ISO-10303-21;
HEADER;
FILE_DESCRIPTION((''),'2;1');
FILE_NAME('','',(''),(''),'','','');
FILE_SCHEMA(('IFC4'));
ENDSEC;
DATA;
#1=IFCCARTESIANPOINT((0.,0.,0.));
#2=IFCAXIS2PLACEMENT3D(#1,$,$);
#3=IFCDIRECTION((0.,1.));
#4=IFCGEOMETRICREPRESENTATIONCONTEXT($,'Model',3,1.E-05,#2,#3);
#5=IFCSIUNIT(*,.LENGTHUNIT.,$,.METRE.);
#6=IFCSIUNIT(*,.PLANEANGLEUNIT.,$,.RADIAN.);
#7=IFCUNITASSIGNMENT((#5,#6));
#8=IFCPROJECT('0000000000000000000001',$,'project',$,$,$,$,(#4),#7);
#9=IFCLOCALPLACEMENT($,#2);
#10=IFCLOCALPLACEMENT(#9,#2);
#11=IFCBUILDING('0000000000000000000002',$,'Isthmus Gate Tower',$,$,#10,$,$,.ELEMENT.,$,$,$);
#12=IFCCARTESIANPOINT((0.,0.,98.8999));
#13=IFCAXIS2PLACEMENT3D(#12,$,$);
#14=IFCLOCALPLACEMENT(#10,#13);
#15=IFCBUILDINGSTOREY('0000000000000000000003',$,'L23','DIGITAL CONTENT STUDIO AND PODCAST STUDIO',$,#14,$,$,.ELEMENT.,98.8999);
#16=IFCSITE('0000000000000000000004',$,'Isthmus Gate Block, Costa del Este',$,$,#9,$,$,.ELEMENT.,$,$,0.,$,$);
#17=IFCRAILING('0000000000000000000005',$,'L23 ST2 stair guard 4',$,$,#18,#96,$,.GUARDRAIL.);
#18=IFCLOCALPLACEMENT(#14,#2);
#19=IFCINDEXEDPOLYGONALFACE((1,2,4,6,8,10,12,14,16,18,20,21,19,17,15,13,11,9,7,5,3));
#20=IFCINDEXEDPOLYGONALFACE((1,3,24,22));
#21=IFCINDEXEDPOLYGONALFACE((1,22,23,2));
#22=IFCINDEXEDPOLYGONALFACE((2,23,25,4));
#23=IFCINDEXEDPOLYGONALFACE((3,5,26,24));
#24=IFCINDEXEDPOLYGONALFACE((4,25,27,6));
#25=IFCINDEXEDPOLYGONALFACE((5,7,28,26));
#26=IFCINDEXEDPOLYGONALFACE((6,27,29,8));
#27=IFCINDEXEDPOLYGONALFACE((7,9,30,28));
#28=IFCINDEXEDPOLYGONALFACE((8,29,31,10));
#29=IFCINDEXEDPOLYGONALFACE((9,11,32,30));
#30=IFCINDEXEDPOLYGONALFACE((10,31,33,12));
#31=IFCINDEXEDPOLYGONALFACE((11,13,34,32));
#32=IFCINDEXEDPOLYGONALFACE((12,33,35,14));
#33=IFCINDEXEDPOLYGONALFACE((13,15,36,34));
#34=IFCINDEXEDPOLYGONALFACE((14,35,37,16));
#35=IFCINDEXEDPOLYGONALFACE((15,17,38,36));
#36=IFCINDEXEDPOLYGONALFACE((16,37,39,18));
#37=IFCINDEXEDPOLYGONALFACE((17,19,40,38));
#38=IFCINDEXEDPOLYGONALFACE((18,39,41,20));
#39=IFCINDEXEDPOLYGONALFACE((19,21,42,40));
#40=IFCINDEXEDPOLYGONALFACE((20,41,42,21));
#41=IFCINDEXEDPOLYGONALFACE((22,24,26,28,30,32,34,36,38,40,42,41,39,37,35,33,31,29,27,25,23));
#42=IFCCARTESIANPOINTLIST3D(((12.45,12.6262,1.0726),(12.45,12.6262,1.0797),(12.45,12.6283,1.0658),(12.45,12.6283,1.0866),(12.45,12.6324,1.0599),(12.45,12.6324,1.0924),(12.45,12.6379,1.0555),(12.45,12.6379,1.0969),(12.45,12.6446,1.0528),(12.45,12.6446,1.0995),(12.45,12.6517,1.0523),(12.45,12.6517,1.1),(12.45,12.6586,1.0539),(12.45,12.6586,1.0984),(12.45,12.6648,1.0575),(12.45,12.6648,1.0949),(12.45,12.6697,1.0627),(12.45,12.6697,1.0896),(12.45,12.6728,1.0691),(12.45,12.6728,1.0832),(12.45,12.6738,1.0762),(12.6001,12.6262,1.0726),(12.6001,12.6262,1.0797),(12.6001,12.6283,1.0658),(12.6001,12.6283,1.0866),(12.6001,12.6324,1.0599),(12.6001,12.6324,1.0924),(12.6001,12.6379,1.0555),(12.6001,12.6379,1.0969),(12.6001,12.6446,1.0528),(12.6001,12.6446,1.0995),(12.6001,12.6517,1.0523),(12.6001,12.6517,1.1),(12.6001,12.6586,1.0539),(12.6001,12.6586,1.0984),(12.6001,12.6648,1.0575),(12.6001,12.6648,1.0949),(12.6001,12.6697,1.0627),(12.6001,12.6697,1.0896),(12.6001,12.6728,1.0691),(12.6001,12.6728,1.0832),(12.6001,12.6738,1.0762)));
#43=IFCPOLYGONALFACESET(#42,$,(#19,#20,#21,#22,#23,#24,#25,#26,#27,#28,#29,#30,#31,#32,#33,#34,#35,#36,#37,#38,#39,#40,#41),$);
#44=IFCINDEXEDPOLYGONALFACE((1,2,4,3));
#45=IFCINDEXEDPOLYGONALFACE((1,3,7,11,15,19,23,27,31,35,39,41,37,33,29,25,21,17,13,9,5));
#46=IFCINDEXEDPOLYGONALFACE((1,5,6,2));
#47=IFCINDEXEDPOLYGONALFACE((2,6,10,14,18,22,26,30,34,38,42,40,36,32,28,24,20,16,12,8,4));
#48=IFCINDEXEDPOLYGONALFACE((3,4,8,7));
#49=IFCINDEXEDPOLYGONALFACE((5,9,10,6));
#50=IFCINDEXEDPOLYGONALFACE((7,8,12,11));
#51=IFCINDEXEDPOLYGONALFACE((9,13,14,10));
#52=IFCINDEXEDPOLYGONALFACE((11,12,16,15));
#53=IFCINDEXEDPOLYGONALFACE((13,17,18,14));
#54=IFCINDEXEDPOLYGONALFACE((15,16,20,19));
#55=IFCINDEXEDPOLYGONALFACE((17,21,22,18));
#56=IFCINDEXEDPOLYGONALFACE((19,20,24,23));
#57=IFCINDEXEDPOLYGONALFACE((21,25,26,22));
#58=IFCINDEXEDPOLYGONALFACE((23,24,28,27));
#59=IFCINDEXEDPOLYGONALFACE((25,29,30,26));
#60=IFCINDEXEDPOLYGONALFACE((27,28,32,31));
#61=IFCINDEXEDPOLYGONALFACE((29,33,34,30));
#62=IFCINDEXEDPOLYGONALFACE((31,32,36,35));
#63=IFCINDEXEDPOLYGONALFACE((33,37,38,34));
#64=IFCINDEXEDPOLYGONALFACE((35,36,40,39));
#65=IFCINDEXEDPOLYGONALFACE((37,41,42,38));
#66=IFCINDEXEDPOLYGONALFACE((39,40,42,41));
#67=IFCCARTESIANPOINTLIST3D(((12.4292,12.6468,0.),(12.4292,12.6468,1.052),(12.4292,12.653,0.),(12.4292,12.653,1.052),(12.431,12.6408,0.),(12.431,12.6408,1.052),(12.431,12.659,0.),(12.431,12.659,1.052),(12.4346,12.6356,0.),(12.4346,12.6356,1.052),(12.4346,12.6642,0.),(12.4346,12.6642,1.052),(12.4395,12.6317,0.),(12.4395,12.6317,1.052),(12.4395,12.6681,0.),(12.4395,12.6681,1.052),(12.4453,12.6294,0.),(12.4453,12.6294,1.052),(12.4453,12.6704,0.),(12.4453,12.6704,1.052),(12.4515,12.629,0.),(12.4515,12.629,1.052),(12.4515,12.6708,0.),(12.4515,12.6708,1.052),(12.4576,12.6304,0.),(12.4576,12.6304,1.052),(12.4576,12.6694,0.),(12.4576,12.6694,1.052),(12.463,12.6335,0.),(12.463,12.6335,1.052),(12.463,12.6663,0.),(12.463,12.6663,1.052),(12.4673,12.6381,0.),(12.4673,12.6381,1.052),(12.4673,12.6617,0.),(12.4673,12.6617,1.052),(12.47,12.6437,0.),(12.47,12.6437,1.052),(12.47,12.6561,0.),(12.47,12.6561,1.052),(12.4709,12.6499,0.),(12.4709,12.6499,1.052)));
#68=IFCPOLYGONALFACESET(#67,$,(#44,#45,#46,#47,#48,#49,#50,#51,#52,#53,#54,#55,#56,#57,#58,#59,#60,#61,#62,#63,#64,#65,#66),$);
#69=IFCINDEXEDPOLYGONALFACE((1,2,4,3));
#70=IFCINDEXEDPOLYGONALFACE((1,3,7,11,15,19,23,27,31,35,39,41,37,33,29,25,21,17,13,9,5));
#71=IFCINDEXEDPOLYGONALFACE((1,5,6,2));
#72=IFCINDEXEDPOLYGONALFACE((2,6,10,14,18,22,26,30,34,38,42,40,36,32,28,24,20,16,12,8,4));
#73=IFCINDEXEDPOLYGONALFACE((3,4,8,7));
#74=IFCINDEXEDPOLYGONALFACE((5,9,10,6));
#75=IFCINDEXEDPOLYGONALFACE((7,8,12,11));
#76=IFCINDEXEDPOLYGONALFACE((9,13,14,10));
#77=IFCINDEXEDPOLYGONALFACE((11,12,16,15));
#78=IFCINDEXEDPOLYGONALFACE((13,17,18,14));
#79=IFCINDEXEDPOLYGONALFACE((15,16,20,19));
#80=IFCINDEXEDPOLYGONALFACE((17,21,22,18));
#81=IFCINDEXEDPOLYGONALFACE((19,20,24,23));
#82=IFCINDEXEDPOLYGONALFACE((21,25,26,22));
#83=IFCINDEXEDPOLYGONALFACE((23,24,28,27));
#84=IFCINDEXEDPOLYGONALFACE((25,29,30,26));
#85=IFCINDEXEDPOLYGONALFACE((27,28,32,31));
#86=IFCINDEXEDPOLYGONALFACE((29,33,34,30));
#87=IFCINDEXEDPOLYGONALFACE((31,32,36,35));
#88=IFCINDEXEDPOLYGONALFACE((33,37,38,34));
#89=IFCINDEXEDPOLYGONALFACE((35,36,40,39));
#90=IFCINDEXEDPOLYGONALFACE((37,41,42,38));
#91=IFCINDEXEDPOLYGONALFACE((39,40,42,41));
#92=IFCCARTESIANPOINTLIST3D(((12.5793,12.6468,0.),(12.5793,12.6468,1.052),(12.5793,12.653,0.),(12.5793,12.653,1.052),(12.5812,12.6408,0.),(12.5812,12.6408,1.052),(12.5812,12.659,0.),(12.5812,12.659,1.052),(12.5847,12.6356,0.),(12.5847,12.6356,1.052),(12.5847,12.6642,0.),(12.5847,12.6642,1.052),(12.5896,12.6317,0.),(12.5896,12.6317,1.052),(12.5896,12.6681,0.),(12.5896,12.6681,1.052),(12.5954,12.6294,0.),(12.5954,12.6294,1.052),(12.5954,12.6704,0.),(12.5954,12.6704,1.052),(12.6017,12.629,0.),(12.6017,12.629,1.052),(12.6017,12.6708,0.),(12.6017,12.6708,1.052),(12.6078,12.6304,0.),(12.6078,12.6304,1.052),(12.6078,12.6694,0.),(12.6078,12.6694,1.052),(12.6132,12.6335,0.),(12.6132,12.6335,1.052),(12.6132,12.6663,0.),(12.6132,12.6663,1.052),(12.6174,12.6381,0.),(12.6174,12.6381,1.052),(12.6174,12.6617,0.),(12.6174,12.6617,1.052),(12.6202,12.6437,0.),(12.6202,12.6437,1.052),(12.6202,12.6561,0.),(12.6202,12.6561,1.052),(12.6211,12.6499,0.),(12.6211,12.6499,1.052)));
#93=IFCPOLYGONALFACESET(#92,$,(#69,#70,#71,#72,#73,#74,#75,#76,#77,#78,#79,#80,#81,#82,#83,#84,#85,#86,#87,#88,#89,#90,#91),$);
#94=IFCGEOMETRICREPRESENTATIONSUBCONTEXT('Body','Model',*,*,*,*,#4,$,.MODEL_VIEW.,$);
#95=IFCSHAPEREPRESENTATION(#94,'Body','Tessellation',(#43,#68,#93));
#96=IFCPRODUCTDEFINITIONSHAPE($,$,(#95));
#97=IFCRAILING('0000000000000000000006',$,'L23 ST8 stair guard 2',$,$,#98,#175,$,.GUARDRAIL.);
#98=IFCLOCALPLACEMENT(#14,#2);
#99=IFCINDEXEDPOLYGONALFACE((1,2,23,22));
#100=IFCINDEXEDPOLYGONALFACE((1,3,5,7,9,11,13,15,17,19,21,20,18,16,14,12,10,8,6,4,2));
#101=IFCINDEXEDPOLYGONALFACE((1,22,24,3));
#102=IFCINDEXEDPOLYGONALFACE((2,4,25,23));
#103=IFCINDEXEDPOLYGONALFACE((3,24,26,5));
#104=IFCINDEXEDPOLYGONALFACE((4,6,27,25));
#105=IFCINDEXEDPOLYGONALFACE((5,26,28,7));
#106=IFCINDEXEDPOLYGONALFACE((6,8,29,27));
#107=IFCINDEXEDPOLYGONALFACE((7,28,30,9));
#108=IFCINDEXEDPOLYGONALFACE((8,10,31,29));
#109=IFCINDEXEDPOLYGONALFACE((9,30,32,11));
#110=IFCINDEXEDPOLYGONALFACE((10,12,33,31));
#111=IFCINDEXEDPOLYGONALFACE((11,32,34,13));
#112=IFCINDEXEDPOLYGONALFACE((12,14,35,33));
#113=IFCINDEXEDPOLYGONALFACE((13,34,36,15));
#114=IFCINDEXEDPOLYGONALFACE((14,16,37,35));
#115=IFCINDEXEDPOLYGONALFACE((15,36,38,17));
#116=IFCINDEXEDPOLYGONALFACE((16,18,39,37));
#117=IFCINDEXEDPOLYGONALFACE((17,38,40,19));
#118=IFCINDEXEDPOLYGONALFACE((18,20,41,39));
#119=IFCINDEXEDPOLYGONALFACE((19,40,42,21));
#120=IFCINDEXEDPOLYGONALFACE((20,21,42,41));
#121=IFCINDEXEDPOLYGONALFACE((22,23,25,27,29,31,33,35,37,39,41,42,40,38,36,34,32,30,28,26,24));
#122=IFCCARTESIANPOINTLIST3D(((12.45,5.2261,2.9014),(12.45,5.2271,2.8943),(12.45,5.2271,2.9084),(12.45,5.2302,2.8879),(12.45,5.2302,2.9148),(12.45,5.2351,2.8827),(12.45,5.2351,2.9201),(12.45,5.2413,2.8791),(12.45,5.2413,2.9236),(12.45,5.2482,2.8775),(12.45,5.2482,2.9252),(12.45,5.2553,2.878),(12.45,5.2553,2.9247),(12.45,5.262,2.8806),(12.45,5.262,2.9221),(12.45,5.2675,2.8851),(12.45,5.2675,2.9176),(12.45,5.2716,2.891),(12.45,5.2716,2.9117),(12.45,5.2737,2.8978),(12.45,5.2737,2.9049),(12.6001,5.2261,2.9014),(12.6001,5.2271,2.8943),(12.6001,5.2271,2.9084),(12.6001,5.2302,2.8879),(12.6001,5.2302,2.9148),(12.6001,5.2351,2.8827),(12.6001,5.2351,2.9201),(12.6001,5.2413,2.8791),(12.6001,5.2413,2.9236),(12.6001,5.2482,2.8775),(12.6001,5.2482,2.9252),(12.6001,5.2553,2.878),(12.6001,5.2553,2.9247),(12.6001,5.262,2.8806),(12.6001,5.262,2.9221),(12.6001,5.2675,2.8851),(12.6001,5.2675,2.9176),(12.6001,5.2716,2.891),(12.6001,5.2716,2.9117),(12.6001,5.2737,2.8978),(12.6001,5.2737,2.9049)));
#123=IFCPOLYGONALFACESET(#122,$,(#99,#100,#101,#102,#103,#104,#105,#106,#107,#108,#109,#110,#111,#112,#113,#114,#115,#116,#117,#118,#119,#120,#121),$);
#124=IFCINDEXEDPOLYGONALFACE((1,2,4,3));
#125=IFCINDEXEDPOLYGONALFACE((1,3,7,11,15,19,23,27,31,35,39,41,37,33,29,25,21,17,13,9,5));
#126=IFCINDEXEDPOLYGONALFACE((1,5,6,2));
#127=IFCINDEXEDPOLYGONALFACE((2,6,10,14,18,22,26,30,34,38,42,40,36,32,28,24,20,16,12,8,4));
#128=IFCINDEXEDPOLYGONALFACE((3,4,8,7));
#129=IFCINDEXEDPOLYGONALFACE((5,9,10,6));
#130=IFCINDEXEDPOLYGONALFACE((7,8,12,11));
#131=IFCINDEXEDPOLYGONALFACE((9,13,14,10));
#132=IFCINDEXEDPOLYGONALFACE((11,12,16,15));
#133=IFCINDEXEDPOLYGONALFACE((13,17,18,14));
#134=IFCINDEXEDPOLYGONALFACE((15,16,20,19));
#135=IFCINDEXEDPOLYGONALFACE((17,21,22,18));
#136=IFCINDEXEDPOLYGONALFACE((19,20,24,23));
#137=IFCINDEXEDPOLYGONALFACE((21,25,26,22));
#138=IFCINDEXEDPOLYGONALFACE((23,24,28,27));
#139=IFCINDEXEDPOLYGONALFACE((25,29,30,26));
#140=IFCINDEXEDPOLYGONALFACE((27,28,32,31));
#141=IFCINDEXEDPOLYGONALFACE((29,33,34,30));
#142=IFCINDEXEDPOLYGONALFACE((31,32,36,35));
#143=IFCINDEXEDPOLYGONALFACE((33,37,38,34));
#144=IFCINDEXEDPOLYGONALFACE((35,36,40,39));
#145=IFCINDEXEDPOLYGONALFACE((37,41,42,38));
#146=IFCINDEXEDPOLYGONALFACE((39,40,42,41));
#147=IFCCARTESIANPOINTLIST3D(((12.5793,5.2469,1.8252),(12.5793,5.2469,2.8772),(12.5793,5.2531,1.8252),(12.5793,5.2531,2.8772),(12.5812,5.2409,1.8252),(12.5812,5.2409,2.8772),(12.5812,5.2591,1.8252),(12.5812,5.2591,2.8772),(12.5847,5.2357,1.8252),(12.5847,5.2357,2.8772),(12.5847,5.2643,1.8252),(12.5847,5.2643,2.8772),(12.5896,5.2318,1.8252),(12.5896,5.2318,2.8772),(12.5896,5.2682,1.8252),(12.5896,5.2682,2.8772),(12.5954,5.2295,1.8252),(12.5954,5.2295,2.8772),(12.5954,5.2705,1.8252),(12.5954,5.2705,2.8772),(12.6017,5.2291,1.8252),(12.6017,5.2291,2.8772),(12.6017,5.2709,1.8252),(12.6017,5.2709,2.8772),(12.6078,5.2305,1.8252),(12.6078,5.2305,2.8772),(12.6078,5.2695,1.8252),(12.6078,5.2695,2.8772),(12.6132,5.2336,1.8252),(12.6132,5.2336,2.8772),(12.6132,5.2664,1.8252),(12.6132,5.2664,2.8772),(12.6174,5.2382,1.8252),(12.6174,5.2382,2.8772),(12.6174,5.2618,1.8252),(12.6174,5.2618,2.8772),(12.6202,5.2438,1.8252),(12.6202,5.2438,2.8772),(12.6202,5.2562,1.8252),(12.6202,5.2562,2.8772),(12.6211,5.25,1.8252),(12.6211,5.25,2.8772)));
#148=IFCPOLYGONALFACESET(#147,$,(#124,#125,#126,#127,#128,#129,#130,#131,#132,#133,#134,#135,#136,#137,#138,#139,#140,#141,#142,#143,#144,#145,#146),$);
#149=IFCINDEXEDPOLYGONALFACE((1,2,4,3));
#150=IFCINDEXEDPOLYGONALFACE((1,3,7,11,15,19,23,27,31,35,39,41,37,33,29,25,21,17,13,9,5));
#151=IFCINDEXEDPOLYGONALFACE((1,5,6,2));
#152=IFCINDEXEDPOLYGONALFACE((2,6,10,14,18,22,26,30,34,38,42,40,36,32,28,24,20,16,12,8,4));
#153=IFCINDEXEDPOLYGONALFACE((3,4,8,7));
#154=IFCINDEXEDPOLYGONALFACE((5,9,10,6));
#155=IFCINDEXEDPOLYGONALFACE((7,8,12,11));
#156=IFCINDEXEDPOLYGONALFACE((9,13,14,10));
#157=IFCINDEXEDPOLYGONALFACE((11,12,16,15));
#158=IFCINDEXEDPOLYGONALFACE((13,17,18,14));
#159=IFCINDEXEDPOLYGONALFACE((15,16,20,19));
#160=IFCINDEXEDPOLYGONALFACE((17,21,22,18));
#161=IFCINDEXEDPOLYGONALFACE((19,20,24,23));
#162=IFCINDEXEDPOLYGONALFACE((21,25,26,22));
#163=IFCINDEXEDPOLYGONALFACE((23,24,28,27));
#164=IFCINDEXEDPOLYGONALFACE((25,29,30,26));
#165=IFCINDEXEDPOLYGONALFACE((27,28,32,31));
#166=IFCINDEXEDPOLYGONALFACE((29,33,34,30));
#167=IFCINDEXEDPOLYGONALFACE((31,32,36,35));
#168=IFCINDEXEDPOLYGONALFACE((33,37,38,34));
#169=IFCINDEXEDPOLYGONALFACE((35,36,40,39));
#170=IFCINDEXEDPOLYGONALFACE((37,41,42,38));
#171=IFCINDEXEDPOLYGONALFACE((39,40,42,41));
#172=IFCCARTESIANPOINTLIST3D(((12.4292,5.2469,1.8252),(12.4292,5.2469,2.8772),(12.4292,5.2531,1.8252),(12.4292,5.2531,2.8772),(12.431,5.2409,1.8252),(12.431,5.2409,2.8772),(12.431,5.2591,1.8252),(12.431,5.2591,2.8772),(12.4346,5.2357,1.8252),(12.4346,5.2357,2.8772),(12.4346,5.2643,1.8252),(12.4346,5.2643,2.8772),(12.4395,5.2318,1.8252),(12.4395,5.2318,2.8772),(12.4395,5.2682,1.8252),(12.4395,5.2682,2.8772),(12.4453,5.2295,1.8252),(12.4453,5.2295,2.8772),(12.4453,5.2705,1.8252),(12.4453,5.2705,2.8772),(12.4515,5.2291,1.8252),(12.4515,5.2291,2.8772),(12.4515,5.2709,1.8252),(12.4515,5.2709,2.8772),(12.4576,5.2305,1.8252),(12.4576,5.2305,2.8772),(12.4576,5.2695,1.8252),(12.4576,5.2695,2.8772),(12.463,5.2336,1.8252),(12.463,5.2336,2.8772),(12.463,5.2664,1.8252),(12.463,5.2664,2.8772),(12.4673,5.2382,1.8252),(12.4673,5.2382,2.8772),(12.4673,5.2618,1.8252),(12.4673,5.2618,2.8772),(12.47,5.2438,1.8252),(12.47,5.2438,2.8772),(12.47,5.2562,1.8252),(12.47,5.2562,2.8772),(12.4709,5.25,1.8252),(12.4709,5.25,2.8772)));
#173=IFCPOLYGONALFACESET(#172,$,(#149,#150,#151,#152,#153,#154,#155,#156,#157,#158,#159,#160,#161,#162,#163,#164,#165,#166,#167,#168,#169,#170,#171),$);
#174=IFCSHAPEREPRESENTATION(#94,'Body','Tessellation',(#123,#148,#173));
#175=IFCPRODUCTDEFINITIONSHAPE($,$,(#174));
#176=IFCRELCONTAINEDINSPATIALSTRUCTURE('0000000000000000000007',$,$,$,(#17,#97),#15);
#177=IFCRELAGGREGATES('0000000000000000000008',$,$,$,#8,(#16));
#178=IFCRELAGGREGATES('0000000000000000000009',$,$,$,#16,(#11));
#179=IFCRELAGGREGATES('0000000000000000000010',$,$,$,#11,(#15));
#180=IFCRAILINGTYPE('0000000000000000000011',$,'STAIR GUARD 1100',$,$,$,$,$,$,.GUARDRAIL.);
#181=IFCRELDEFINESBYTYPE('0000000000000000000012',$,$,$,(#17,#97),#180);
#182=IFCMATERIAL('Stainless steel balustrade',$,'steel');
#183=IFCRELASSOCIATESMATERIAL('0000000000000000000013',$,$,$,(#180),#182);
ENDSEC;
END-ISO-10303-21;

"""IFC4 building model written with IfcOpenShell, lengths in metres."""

from ifc_helpers import new_model, si_unit, direction, frame, origin, origin_2d, place, context, subcontext, project, spatial, circle, extrude, material, type_object, element, save


model = new_model("IFC4")

# Units and contexts
model_context = context("Model", 3, precision=1e-05, world=origin(), true_north=direction((0.0, 1.0)))
body_context = subcontext(model_context, "Body", "Model", "MODEL_VIEW")
ifc_project = project(units=[si_unit("LENGTHUNIT", "METRE"), si_unit("PLANEANGLEUNIT", "RADIAN")], contexts=[model_context])

# Site, building, storey
site_placement = place(None, origin())
site = spatial("IfcSite", under=ifc_project, at=site_placement, Name="Isthmus Gate Block, Costa del Este", CompositionType="ELEMENT", RefElevation=0.0)
building_placement = place(site_placement, origin())
building = spatial("IfcBuilding", under=site, at=building_placement, Name="Isthmus Gate Tower", CompositionType="ELEMENT")
storey_placement = place(building_placement, frame((0.0, 0.0, 98.8999)))
storey = spatial("IfcBuildingStorey", under=building, at=storey_placement, Name="L23", Description="DIGITAL CONTENT STUDIO AND PODCAST STUDIO", CompositionType="ELEMENT", Elevation=98.8999)

# Railings
ifc_material_1 = material(Name="Stainless steel balustrade", Category="steel")
railing_type_1 = type_object("IfcRailingType", Name="STAIR GUARD 1100", PredefinedType="GUARDRAIL", material=ifc_material_1)
railing_1_placement = place(storey_placement, frame((12.45, 12.6499, 0.0)))
element("IfcRailing", 1, at=railing_1_placement, inside=storey, type_object=railing_type_1, Name="L23 ST2 stair guard 4", PredefinedType="GUARDRAIL", context=body_context, shape_type="SweptSolid", body=[
    extrude(circle(Radius=0.0239, at=origin_2d()), frame((0.0, 0.0, 1.0762), z_axis=(1.0, 0.0, 0.0), x_axis=(0.0, 1.0, 0.0)), (0.0, 0.0, 1.0), 0.1501),
    extrude(circle(Radius=0.021, at=origin_2d()), origin(), (0.0, 0.0, 1.0), 1.052),
    extrude(circle(Radius=0.021, at=origin_2d()), frame((0.1501, 0.0, 0.0)), (0.0, 0.0, 1.0), 1.052),
])
railing_2_placement = place(storey_placement, frame((12.6001, 5.25, 1.8252)))
element("IfcRailing", 2, at=railing_2_placement, inside=storey, type_object=railing_type_1, Name="L23 ST8 stair guard 2", PredefinedType="GUARDRAIL", context=body_context, shape_type="SweptSolid", body=[
    extrude(circle(Radius=0.0239, at=origin_2d()), frame((0.0, 0.0, 1.0762), z_axis=(-1.0, 0.0, 0.0), x_axis=(0.0, -1.0, 0.0)), (0.0, 0.0, 1.0), 0.1501),
    extrude(circle(Radius=0.021, at=origin_2d()), origin(), (0.0, 0.0, 1.0), 1.052),
    extrude(circle(Radius=0.021, at=origin_2d()), frame((-0.1501, 0.0, 0.0)), (0.0, 0.0, 1.0), 1.052),
])

save(model, "model.ifc")
